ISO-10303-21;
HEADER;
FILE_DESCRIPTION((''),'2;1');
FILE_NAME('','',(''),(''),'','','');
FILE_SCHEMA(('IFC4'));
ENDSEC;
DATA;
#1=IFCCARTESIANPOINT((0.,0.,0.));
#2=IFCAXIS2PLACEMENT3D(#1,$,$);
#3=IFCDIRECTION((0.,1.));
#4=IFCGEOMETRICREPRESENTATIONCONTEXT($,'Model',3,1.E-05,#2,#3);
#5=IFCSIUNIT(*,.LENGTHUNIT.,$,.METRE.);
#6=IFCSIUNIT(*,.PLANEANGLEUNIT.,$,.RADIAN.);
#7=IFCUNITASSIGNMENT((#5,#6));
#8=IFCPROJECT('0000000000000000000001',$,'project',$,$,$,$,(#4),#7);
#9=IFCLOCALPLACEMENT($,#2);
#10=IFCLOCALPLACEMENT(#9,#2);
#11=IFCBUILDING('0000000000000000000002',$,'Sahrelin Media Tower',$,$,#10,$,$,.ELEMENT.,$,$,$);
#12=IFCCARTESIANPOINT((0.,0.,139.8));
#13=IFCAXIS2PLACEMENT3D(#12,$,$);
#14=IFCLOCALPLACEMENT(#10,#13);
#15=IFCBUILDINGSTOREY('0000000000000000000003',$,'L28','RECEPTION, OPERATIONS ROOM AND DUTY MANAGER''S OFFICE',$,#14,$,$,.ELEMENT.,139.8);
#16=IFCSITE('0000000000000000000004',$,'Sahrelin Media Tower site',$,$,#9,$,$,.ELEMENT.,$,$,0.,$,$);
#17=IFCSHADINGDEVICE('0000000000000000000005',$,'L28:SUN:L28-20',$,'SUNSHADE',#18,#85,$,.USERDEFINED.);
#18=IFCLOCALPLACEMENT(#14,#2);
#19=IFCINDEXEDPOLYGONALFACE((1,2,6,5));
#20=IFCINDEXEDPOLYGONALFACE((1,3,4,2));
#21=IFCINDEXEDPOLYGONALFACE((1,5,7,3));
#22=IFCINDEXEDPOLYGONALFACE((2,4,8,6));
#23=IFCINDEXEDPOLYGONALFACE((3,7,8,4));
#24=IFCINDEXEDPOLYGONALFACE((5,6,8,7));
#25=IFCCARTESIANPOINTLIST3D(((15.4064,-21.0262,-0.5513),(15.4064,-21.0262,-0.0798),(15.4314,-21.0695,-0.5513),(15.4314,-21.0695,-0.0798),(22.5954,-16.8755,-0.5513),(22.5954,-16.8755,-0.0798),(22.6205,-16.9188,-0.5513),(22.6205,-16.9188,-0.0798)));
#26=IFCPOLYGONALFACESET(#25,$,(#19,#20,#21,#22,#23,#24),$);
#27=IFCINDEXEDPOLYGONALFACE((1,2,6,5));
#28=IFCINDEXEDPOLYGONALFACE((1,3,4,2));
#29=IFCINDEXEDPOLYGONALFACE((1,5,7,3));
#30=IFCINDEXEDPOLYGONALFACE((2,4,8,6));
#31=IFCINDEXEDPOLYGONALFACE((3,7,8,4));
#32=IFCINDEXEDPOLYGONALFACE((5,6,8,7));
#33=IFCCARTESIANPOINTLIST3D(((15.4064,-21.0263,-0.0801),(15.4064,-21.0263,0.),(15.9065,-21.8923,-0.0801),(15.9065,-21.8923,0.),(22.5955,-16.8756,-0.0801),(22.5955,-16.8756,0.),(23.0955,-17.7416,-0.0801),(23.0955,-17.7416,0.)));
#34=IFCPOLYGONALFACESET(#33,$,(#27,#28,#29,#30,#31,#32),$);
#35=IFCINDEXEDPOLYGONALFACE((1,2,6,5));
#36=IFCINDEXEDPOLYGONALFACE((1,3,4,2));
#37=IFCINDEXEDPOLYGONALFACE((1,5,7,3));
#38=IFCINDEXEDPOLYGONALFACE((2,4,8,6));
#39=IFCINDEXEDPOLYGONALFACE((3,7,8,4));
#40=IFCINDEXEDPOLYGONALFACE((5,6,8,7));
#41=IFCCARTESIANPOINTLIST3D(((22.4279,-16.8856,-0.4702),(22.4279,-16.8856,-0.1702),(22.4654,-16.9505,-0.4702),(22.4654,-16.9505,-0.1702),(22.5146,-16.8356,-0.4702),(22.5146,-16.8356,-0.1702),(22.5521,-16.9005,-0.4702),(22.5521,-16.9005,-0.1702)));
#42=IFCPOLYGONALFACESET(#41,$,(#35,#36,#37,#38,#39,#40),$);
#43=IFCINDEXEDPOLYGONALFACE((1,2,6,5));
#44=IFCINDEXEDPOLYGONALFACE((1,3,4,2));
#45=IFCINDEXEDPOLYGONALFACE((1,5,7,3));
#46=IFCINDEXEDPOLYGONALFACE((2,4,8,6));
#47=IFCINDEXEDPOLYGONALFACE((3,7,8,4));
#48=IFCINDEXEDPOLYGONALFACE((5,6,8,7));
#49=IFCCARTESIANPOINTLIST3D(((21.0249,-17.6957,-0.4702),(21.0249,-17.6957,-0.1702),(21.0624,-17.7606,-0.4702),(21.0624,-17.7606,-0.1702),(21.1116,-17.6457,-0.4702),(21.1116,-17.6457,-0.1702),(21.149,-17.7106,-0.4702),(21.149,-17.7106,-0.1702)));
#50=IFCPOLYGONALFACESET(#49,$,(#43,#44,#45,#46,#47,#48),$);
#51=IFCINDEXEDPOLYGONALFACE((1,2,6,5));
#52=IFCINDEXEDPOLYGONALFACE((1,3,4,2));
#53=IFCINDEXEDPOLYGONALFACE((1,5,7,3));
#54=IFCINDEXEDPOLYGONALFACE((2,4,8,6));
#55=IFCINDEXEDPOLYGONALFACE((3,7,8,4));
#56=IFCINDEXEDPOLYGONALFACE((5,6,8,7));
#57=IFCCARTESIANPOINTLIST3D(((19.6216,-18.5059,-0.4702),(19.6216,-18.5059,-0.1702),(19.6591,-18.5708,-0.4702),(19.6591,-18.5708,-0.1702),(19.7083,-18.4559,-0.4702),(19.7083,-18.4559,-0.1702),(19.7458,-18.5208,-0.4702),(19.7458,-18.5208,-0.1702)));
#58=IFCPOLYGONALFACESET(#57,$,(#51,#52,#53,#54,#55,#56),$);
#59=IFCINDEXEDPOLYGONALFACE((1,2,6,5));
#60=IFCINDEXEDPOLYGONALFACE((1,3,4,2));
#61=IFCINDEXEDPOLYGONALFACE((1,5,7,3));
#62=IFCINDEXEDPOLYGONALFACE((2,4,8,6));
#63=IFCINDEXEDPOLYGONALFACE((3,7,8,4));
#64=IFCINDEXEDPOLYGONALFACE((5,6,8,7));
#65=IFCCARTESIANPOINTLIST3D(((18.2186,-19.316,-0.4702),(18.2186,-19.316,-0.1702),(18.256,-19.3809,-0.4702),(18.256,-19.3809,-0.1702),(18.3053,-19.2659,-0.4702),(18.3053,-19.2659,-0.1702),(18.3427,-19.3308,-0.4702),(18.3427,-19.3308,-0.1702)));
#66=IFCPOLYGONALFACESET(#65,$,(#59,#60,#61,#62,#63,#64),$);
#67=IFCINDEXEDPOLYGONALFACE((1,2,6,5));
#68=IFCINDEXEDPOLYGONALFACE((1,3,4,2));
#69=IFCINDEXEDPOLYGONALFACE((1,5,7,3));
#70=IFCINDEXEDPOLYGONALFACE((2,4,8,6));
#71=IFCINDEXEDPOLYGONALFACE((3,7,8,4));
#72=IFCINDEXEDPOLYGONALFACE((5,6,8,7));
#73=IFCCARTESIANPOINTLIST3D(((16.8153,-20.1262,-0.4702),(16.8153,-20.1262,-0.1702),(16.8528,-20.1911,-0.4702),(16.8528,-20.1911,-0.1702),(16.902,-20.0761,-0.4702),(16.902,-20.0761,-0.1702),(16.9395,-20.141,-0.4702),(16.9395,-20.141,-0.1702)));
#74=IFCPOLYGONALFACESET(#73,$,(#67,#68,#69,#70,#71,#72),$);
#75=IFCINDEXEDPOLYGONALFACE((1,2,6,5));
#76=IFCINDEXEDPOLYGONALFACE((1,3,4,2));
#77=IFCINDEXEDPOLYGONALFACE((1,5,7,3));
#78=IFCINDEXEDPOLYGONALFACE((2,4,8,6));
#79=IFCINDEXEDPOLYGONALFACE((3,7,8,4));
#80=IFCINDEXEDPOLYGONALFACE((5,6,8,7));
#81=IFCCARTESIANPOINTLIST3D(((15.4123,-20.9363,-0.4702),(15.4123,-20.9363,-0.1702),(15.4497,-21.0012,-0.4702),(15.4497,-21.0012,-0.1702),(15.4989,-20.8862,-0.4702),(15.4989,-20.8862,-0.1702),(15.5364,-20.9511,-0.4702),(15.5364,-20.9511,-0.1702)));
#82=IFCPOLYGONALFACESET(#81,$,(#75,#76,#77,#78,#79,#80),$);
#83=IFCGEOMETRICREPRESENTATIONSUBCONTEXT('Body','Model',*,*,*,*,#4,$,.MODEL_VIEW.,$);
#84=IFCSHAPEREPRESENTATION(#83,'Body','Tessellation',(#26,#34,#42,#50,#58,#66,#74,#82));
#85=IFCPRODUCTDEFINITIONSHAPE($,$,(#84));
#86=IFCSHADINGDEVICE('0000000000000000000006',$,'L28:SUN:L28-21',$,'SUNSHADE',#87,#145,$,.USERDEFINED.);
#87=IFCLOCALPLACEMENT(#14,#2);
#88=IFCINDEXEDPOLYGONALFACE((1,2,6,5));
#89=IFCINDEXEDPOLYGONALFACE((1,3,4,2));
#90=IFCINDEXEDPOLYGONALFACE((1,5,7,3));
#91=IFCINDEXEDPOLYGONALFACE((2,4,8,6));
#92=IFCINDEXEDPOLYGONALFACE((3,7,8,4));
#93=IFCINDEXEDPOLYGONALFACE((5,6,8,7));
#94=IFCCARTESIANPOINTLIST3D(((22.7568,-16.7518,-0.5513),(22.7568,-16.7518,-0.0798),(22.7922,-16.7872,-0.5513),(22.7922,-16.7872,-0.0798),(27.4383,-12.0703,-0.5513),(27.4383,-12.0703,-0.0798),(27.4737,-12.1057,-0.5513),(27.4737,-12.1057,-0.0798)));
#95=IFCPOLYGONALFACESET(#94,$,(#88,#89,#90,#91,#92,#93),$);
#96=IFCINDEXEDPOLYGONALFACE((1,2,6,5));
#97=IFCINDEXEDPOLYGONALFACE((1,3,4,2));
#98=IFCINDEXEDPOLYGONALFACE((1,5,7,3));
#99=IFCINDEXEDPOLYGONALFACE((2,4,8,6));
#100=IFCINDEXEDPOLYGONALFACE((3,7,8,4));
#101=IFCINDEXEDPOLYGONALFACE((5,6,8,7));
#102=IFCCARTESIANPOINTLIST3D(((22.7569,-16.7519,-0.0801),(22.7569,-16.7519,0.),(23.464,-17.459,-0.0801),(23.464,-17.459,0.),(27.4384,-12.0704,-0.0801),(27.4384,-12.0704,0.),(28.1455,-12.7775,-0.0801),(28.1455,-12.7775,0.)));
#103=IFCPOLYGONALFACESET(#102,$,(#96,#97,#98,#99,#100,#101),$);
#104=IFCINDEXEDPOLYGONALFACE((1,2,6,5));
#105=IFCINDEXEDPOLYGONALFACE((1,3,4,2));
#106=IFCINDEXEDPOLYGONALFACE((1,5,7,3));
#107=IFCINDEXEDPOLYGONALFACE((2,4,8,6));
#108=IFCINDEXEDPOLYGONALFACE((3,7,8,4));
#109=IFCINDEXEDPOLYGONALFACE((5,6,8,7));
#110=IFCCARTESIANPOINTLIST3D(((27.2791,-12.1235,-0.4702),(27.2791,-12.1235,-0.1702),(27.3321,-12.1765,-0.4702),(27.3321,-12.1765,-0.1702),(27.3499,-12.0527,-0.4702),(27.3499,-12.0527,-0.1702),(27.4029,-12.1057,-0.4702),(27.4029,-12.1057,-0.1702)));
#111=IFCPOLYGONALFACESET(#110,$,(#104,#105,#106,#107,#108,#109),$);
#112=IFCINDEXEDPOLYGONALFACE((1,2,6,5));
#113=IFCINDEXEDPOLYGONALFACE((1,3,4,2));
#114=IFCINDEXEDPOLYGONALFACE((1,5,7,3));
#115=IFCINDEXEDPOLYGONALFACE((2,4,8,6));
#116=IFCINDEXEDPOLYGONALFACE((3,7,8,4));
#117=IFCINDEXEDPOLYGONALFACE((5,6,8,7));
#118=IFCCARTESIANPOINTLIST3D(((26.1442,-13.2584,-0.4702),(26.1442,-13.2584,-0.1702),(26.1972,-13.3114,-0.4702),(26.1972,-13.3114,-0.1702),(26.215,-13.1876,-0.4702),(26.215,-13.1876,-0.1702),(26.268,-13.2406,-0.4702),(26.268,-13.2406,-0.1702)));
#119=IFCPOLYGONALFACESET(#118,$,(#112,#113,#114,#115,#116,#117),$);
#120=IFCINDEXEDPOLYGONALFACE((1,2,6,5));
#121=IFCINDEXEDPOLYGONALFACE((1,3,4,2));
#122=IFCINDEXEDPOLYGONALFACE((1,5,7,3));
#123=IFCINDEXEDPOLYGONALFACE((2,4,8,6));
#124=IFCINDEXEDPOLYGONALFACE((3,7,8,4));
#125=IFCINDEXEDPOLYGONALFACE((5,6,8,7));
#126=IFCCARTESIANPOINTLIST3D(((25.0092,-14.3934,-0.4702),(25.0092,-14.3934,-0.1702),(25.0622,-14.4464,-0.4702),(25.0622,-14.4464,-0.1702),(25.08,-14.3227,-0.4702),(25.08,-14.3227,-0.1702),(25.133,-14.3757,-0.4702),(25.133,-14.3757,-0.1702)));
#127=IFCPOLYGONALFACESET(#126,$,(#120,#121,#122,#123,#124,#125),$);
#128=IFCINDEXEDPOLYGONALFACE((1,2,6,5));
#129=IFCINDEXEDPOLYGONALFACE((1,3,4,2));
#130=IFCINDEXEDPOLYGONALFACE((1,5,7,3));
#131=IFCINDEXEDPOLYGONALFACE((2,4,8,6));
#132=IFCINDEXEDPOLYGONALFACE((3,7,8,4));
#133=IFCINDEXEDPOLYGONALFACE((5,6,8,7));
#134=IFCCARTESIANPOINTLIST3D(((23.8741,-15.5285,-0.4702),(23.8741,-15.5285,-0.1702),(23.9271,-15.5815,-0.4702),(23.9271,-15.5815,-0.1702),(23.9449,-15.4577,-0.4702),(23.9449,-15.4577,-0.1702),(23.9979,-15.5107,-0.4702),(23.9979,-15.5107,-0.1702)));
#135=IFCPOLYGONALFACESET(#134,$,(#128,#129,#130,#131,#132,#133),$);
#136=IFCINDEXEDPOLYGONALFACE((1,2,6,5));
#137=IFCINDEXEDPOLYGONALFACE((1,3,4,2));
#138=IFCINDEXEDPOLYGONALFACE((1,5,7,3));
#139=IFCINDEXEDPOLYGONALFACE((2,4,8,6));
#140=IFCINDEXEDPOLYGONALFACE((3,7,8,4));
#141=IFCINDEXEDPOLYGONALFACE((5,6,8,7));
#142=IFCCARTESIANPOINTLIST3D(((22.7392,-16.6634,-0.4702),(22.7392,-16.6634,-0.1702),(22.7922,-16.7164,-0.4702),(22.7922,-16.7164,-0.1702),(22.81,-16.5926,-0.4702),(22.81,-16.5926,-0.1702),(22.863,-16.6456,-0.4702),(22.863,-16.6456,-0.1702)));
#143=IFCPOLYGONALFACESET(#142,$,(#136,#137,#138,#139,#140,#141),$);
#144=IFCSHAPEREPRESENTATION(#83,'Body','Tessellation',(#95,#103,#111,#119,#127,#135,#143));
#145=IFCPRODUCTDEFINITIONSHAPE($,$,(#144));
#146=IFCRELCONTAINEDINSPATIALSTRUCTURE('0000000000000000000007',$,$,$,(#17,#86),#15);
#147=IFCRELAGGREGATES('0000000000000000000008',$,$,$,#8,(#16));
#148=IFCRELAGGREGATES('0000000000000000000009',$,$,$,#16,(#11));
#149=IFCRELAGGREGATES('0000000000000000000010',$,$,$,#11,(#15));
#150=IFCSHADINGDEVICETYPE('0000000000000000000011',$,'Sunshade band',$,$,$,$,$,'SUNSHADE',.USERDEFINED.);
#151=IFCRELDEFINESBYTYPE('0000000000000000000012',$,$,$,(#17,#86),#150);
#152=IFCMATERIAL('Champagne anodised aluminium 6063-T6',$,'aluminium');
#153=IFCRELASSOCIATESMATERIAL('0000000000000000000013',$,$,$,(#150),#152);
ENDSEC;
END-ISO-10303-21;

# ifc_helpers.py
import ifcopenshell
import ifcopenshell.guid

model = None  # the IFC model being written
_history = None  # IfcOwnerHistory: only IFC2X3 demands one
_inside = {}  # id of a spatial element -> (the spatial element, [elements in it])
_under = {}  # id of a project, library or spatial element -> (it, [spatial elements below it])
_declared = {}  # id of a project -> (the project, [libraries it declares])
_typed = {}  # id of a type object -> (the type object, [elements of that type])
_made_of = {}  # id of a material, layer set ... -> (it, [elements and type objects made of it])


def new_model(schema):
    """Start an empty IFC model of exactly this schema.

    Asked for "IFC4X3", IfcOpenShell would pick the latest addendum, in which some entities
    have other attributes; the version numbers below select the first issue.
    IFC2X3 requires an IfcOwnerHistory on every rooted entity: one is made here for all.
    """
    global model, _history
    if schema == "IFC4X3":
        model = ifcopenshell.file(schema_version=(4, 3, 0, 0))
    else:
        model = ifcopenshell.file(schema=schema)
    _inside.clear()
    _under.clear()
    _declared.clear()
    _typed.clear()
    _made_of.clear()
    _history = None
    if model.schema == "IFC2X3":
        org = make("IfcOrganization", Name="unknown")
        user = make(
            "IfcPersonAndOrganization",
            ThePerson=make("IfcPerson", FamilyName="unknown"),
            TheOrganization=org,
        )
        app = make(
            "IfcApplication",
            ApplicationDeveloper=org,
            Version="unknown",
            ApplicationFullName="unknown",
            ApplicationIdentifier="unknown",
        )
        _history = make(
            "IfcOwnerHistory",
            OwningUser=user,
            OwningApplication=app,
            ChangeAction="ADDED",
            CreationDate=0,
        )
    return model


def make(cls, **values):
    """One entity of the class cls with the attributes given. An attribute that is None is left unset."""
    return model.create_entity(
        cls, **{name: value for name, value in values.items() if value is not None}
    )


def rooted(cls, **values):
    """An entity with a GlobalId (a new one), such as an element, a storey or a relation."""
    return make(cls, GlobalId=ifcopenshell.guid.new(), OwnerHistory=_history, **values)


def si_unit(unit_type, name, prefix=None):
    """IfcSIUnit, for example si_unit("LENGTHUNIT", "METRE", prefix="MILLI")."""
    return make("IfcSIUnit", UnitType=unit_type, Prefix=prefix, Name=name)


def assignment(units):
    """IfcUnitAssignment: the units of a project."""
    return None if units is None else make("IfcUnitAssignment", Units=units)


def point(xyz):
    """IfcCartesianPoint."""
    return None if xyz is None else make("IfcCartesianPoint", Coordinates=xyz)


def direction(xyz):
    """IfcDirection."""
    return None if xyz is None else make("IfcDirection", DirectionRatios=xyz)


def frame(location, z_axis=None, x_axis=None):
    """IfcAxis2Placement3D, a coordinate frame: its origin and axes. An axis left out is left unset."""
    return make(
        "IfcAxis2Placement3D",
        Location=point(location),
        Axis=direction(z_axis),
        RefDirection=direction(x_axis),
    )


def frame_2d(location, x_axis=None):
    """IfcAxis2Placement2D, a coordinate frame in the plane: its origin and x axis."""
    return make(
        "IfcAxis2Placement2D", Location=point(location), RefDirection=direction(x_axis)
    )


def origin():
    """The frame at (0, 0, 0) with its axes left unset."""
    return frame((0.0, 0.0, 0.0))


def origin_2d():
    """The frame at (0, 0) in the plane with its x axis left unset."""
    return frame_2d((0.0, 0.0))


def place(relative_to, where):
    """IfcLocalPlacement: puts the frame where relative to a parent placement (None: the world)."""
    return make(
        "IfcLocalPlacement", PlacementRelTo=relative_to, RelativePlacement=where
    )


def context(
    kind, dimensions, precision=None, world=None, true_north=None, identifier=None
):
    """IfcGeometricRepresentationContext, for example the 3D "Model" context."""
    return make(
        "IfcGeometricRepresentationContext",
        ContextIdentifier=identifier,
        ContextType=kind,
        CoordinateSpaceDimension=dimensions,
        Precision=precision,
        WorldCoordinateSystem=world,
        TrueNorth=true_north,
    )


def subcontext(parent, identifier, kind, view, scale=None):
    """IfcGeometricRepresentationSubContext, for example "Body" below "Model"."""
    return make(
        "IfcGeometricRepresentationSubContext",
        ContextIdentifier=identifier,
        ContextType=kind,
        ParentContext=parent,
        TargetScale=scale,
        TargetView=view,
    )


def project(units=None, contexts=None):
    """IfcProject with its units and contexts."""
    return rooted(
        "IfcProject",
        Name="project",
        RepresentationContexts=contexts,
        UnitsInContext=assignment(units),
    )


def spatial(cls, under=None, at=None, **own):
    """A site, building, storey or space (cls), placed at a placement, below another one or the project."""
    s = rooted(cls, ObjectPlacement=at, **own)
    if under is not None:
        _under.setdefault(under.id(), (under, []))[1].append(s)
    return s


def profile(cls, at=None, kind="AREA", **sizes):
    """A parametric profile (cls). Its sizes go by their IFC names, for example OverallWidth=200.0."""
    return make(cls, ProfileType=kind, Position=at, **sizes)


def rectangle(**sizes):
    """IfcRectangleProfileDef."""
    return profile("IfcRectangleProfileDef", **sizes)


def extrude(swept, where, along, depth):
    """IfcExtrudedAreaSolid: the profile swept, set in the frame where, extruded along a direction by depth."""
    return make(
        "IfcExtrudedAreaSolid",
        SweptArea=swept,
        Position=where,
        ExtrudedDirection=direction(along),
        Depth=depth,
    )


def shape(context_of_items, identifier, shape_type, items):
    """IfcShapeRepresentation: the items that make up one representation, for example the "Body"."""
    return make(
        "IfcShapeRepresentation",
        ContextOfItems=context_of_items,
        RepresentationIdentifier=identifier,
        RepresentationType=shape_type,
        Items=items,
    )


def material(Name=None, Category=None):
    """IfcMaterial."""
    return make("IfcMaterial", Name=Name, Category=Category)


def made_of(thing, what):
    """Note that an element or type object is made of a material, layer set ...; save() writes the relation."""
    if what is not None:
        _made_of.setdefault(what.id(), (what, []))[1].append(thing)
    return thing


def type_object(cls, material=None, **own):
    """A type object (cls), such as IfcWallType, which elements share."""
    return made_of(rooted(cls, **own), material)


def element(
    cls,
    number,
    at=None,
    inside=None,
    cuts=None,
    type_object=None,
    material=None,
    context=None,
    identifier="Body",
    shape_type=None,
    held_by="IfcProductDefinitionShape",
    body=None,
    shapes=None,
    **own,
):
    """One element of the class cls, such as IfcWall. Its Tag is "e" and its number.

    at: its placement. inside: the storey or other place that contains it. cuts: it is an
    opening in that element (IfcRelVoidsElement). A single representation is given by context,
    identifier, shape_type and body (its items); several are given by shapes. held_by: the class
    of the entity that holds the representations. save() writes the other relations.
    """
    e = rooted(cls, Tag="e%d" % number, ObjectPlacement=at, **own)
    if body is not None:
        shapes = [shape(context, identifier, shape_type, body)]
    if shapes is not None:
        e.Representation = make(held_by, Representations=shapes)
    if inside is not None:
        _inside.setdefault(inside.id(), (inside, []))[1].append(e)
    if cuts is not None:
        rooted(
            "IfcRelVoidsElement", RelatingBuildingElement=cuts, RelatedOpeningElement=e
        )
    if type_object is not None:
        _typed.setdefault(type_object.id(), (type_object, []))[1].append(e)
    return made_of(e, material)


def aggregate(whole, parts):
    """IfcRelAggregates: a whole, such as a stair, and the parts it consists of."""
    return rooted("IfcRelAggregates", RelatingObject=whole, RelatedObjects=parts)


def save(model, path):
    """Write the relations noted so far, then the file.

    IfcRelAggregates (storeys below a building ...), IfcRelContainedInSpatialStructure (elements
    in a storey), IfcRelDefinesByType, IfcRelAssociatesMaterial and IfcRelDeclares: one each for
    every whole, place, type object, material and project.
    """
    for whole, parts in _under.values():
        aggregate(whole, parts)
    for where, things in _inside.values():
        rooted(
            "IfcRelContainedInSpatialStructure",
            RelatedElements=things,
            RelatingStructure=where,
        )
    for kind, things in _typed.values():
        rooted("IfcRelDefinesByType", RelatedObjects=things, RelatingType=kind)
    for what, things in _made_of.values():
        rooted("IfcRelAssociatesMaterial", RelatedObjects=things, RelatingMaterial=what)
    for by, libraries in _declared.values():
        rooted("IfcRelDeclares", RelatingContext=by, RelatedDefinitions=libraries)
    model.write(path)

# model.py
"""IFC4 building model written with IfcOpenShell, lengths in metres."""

from ifc_helpers import new_model, si_unit, direction, frame, origin, origin_2d, place, context, subcontext, project, spatial, rectangle, extrude, material, type_object, element, save


model = new_model("IFC4")

# Units and contexts
model_context = context("Model", 3, precision=1e-05, world=origin(), true_north=direction((0.0, 1.0)))
body_context = subcontext(model_context, "Body", "Model", "MODEL_VIEW")
ifc_project = project(units=[si_unit("LENGTHUNIT", "METRE"), si_unit("PLANEANGLEUNIT", "RADIAN")], contexts=[model_context])

# Site, building, storey
site_placement = place(None, origin())
site = spatial("IfcSite", under=ifc_project, at=site_placement, Name="Sahrelin Media Tower site", CompositionType="ELEMENT", RefElevation=0.0)
building_placement = place(site_placement, origin())
building = spatial("IfcBuilding", under=site, at=building_placement, Name="Sahrelin Media Tower", CompositionType="ELEMENT")
storey_placement = place(building_placement, frame((0.0, 0.0, 139.8)))
storey = spatial("IfcBuildingStorey", under=building, at=storey_placement, Name="L28", Description="RECEPTION, OPERATIONS ROOM AND DUTY MANAGER'S OFFICE", CompositionType="ELEMENT", Elevation=139.8)

# Shared definitions
ifc_material_1 = material(Name="Champagne anodised aluminium 6063-T6", Category="aluminium")

# Shading devices
placement_1 = place(storey_placement, frame((18.991, -18.9336, 0.0), z_axis=(0.0, 0.0, 1.0), x_axis=(-0.866019, -0.500011, 0.0)))
placement_2 = place(storey_placement, frame((25.0835, -14.397, 0.0), z_axis=(0.0, 0.0, 1.0), x_axis=(-0.707107, -0.707107, 0.0)))
shading_device_type_1 = type_object("IfcShadingDeviceType", Name="Sunshade band", ElementType="SUNSHADE", PredefinedType="USERDEFINED", material=ifc_material_1)
element("IfcShadingDevice", 1, at=placement_1, inside=storey, type_object=shading_device_type_1, Name="L28:SUN:L28-20", ObjectType="SUNSHADE", PredefinedType="USERDEFINED", context=body_context, shape_type="SweptSolid", body=[
    extrude(rectangle(XDim=8.3013, YDim=0.05, at=origin_2d()), frame((0.0, 0.0449, -0.5513)), (0.0, 0.0, 1.0), 0.4714),
    extrude(rectangle(XDim=8.3013, YDim=1.0, at=origin_2d()), frame((0.0, 0.52, -0.0801)), (0.0, 0.0, 1.0), 0.0801),
    extrude(rectangle(XDim=0.1001, YDim=0.075, at=origin_2d()), frame((-4.0505, -0.0176, -0.4702)), (0.0, 0.0, 1.0), 0.3),
    extrude(rectangle(XDim=0.1001, YDim=0.075, at=origin_2d()), frame((-2.4304, -0.0176, -0.4702)), (0.0, 0.0, 1.0), 0.3),
    extrude(rectangle(XDim=0.1001, YDim=0.075, at=origin_2d()), frame((-0.8101, -0.0176, -0.4702)), (0.0, 0.0, 1.0), 0.3),
    extrude(rectangle(XDim=0.1001, YDim=0.075, at=origin_2d()), frame((0.8101, -0.0176, -0.4702)), (0.0, 0.0, 1.0), 0.3),
    extrude(rectangle(XDim=0.1001, YDim=0.075, at=origin_2d()), frame((2.4304, -0.0176, -0.4702)), (0.0, 0.0, 1.0), 0.3),
    extrude(rectangle(XDim=0.1001, YDim=0.075, at=origin_2d()), frame((4.0505, -0.0176, -0.4702)), (0.0, 0.0, 1.0), 0.3),
])
element("IfcShadingDevice", 2, at=placement_2, inside=storey, type_object=shading_device_type_1, Name="L28:SUN:L28-21", ObjectType="SUNSHADE", PredefinedType="USERDEFINED", context=body_context, shape_type="SweptSolid", body=[
    extrude(rectangle(XDim=6.6206, YDim=0.05, at=origin_2d()), frame((0.0, 0.0449, -0.5513)), (0.0, 0.0, 1.0), 0.4714),
    extrude(rectangle(XDim=6.6206, YDim=1.0, at=origin_2d()), frame((0.0, 0.52, -0.0801)), (0.0, 0.0, 1.0), 0.0801),
    extrude(rectangle(XDim=0.1001, YDim=0.075, at=origin_2d()), frame((-3.2102, -0.0176, -0.4702)), (0.0, 0.0, 1.0), 0.3),
    extrude(rectangle(XDim=0.1001, YDim=0.075, at=origin_2d()), frame((-1.6052, -0.0176, -0.4702)), (0.0, 0.0, 1.0), 0.3),
    extrude(rectangle(XDim=0.1001, YDim=0.075, at=origin_2d()), frame((0.0, -0.0176, -0.4702)), (0.0, 0.0, 1.0), 0.3),
    extrude(rectangle(XDim=0.1001, YDim=0.075, at=origin_2d()), frame((1.6052, -0.0176, -0.4702)), (0.0, 0.0, 1.0), 0.3),
    extrude(rectangle(XDim=0.1001, YDim=0.075, at=origin_2d()), frame((3.2102, -0.0176, -0.4702)), (0.0, 0.0, 1.0), 0.3),
])

save(model, "model.ifc")
